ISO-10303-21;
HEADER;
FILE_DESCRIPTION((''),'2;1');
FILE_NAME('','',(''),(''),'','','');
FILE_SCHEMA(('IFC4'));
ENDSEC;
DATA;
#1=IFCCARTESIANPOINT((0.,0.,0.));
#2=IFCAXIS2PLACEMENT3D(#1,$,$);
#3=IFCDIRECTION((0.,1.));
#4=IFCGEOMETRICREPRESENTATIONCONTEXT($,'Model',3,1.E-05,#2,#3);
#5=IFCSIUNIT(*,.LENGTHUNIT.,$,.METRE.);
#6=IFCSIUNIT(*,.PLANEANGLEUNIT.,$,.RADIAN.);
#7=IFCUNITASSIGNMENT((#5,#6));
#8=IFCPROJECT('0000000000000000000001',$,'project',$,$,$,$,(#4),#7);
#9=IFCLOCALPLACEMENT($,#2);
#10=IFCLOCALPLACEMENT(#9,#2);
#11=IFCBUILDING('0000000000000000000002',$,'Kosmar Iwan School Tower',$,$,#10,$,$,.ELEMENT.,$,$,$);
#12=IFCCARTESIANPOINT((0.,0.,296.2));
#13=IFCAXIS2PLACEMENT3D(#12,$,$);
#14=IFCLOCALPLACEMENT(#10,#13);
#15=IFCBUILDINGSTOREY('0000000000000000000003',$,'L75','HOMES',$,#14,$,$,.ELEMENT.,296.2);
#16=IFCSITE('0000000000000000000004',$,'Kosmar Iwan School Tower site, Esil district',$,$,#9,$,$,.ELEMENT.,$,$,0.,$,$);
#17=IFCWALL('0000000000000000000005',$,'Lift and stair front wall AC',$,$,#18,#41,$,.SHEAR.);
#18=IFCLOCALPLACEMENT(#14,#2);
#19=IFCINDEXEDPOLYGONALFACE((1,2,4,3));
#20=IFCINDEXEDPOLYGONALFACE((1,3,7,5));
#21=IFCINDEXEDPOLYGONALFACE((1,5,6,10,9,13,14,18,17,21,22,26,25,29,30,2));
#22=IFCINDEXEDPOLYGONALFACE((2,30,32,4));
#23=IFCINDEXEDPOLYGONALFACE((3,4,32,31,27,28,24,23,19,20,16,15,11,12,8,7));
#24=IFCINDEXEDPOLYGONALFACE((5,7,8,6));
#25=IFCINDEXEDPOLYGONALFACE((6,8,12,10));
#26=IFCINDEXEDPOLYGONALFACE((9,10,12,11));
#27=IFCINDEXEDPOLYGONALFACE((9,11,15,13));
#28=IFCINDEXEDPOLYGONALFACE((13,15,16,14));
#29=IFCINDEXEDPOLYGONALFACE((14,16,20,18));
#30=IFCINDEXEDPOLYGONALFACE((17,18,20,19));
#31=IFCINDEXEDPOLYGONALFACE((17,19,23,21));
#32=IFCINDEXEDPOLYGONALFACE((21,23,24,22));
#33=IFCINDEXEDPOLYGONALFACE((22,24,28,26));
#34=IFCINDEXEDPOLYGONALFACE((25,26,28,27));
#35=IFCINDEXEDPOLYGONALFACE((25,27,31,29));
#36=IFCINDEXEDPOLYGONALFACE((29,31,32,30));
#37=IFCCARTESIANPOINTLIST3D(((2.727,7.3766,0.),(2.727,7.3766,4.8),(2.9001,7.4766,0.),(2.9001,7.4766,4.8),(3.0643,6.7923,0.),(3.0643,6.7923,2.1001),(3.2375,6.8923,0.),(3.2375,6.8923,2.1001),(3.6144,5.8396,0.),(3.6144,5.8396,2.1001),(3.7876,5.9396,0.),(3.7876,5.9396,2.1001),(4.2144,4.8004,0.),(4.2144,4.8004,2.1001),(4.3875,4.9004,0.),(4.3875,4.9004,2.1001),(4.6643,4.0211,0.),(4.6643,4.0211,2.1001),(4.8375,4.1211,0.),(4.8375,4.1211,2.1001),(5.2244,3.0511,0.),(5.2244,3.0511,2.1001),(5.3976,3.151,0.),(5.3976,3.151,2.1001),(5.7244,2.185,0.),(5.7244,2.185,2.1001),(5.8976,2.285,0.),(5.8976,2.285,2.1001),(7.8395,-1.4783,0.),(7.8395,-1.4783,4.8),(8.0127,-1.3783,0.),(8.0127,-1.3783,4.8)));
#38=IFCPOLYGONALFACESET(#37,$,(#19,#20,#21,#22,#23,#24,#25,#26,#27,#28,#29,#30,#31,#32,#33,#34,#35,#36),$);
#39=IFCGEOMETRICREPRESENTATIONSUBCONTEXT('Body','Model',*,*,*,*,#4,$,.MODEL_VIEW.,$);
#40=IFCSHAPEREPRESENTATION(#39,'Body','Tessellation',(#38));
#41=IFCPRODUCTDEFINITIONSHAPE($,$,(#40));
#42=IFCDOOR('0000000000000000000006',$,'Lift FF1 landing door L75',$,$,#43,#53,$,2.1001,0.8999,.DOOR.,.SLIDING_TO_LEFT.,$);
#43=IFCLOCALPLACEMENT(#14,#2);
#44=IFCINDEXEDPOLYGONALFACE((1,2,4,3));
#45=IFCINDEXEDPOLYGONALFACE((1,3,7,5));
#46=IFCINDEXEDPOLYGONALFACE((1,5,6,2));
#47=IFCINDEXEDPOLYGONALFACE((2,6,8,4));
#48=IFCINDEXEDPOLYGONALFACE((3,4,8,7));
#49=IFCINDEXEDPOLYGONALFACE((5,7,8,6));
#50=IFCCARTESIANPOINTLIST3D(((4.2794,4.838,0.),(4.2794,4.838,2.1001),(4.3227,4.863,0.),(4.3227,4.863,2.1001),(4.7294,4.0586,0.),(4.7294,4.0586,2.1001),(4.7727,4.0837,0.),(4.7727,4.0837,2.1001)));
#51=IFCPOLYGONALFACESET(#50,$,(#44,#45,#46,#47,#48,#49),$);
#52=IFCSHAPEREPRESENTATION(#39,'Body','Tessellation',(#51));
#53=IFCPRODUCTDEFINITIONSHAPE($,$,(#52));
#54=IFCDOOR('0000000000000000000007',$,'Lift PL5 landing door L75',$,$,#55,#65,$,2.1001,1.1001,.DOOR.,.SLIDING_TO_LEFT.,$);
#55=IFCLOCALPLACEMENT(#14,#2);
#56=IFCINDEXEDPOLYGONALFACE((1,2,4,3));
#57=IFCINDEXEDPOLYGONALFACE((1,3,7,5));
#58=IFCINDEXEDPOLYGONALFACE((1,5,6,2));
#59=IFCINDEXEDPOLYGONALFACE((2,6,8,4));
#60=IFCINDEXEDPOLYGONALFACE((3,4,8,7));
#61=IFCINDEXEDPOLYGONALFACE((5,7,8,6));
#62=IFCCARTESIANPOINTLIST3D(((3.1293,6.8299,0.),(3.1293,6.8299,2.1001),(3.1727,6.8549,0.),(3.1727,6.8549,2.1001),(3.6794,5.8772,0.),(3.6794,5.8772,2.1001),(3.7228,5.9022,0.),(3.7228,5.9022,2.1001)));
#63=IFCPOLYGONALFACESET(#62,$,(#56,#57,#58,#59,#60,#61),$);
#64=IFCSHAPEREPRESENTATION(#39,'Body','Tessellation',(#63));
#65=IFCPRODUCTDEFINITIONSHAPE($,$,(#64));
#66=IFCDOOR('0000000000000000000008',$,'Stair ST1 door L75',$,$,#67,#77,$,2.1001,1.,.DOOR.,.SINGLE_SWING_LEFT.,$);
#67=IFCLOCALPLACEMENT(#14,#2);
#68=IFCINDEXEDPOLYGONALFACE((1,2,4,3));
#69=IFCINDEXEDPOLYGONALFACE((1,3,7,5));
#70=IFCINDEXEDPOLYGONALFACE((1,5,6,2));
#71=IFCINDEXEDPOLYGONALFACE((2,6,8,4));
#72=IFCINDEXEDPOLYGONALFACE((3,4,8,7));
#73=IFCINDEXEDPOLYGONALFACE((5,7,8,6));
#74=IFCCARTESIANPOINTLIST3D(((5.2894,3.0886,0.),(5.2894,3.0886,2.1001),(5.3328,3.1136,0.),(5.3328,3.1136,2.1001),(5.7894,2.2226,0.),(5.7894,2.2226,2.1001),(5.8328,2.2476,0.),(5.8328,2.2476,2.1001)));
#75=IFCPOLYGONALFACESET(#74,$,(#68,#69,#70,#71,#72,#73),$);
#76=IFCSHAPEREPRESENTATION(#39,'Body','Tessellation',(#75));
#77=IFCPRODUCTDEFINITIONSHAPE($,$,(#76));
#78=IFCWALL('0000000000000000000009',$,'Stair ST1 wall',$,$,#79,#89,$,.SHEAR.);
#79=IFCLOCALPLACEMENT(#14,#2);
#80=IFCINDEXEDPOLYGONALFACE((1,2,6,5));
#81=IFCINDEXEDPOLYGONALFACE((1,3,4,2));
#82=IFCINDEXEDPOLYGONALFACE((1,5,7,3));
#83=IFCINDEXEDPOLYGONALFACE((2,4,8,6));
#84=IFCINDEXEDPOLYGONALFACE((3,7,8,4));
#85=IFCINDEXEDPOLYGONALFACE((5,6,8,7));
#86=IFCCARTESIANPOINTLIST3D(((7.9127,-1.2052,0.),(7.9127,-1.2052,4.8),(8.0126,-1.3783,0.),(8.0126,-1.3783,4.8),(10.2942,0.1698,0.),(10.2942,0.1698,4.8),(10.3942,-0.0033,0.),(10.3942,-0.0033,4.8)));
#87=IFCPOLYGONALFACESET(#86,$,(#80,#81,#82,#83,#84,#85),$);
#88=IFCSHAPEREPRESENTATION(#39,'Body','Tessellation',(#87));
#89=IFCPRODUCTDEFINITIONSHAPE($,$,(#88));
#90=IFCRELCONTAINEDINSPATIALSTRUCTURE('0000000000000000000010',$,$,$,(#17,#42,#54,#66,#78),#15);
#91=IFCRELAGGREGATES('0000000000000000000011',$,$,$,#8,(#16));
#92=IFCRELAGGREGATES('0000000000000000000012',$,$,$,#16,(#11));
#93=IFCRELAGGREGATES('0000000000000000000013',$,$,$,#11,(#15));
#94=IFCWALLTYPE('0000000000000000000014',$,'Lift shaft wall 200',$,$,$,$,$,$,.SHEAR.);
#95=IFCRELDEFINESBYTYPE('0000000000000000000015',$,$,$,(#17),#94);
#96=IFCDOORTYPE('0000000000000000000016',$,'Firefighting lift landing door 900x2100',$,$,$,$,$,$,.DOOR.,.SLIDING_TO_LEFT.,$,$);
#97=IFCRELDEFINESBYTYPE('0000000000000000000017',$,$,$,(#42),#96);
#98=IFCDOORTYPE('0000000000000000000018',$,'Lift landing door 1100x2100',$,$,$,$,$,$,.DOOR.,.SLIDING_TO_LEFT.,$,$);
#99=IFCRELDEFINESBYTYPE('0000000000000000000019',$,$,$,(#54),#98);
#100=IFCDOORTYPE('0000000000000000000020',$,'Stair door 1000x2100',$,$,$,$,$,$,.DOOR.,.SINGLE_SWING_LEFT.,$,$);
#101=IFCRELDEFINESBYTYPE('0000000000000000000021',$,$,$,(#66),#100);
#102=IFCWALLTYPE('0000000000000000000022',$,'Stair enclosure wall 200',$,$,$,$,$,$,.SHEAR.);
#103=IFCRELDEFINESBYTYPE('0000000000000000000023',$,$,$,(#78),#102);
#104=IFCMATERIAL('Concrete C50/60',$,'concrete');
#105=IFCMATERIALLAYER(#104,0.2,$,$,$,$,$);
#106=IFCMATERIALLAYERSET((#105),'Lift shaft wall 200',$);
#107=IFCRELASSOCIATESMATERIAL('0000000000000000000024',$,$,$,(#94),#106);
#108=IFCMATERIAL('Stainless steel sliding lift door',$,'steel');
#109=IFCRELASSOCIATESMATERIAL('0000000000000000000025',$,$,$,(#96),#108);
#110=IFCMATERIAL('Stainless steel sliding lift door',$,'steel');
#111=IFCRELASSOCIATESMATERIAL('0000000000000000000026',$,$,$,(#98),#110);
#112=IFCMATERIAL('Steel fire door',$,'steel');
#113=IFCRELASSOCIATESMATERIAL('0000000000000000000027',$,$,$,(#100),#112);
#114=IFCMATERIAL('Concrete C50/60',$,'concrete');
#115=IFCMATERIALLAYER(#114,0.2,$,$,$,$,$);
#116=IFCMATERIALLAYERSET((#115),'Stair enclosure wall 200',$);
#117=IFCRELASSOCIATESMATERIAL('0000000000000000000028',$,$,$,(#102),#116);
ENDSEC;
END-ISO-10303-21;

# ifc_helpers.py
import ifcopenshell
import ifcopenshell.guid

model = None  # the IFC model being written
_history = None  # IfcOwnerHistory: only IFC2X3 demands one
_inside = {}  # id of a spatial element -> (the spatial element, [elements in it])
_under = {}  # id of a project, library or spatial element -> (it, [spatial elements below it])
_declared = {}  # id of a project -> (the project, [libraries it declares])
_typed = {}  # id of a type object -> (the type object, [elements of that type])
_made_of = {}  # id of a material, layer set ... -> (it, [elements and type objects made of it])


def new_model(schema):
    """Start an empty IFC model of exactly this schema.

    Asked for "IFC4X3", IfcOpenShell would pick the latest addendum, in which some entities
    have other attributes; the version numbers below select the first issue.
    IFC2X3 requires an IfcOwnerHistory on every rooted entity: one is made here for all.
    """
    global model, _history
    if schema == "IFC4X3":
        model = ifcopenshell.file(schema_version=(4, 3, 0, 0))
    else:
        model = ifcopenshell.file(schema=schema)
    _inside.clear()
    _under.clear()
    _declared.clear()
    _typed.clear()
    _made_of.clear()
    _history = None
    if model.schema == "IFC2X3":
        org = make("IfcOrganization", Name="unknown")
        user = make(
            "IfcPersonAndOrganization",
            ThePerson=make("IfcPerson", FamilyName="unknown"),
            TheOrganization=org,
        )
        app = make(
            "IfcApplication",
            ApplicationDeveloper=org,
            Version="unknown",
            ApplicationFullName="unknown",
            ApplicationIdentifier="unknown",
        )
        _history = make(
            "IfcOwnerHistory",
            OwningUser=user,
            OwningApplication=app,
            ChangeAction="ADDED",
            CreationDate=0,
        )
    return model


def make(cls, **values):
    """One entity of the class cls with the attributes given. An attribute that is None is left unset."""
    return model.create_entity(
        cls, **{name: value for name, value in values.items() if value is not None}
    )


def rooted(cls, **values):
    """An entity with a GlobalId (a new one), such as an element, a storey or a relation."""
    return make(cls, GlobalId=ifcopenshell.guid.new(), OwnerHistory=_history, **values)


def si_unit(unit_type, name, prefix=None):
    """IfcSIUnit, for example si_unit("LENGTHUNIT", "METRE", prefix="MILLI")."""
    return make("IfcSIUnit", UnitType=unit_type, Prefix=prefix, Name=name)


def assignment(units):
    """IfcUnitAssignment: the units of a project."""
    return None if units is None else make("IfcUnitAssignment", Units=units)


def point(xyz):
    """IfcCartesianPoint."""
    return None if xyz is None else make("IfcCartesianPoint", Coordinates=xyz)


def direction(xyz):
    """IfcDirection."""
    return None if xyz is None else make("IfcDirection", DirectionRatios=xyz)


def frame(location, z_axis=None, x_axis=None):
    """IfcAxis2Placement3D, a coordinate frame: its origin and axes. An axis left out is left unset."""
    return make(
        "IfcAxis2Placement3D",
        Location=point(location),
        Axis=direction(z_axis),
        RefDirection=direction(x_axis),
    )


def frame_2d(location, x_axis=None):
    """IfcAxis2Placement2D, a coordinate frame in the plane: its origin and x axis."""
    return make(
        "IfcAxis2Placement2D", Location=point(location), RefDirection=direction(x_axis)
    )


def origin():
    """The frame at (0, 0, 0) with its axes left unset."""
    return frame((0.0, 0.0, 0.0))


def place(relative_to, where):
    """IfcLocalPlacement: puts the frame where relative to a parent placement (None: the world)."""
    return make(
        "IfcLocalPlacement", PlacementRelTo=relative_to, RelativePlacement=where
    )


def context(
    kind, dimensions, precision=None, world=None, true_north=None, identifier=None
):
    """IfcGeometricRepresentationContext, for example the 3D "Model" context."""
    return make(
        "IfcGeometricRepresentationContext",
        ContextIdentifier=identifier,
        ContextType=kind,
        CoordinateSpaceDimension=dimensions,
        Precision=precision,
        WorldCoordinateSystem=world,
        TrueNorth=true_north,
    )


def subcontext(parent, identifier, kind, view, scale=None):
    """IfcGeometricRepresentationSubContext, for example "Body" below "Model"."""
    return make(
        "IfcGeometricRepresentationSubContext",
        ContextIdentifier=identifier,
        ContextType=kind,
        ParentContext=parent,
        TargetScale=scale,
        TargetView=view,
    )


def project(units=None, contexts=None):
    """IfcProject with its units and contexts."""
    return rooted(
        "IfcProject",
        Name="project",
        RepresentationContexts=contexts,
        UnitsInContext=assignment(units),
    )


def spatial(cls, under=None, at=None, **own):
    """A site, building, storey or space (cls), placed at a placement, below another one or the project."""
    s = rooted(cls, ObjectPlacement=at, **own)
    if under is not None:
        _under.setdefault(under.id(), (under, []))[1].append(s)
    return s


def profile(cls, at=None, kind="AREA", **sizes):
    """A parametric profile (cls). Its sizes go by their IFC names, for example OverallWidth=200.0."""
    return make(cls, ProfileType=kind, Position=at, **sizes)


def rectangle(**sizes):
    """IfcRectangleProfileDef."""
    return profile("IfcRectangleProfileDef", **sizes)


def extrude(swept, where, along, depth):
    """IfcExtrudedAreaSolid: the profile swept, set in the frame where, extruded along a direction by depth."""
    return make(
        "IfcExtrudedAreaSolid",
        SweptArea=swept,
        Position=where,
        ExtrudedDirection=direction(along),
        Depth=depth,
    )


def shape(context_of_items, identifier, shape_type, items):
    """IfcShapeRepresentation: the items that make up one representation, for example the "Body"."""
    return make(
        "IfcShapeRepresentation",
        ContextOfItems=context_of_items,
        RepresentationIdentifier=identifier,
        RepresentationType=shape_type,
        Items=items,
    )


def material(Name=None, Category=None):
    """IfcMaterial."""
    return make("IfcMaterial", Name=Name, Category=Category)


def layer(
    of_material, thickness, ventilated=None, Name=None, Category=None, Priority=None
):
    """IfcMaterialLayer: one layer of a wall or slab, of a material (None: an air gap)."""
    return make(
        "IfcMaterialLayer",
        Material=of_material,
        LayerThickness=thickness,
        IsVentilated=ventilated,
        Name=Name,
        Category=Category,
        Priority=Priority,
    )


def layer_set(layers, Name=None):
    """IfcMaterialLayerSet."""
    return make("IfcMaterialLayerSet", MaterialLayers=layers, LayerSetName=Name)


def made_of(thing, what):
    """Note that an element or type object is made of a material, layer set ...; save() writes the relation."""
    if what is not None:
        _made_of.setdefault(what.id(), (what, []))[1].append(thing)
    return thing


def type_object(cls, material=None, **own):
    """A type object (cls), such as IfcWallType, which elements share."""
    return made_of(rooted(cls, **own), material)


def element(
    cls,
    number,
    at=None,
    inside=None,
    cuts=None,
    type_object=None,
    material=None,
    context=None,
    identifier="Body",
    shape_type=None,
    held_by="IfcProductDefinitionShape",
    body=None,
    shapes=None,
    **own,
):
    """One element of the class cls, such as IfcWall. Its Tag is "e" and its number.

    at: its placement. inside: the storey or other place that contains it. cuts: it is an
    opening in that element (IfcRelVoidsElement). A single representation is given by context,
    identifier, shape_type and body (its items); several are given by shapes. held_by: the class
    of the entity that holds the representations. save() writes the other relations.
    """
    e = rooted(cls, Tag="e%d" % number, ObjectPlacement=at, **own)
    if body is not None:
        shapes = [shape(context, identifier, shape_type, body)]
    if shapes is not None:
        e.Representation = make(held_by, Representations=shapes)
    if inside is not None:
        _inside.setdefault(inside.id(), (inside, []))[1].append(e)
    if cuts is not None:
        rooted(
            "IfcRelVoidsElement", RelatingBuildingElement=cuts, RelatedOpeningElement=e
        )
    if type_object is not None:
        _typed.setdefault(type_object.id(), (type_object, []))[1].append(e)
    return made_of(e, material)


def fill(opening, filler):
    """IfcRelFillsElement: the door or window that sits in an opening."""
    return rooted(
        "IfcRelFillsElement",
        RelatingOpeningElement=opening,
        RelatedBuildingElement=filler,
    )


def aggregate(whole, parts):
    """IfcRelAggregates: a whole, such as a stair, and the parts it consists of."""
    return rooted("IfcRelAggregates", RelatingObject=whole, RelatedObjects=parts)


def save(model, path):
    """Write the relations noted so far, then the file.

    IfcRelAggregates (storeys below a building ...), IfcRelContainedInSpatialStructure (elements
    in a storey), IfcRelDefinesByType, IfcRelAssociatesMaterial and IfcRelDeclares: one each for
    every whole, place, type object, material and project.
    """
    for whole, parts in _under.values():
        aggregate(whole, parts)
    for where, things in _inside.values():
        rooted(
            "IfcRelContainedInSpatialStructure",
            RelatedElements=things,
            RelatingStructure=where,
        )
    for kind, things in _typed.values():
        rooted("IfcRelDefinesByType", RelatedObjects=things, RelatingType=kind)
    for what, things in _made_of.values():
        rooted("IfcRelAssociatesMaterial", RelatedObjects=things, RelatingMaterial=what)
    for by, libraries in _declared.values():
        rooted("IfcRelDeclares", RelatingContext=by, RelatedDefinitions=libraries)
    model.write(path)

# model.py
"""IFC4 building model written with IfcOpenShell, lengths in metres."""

from ifc_helpers import new_model, si_unit, direction, frame, frame_2d, origin, place, context, subcontext, project, spatial, rectangle, extrude, material, layer, layer_set, type_object, element, fill, save


model = new_model("IFC4")

# Units and contexts
model_context = context("Model", 3, precision=1e-05, world=origin(), true_north=direction((0.0, 1.0)))
body_context = subcontext(model_context, "Body", "Model", "MODEL_VIEW")
ifc_project = project(units=[si_unit("LENGTHUNIT", "METRE"), si_unit("PLANEANGLEUNIT", "RADIAN")], contexts=[model_context])

# Site, building, storey
site_placement = place(None, origin())
site = spatial("IfcSite", under=ifc_project, at=site_placement, Name="Kosmar Iwan School Tower site, Esil district", CompositionType="ELEMENT", RefElevation=0.0)
building_placement = place(site_placement, origin())
building = spatial("IfcBuilding", under=site, at=building_placement, Name="Kosmar Iwan School Tower", CompositionType="ELEMENT")
storey_placement = place(building_placement, frame((0.0, 0.0, 296.2)))
storey = spatial("IfcBuildingStorey", under=building, at=storey_placement, Name="L75", Description="HOMES", CompositionType="ELEMENT", Elevation=296.2)

# Wall, openings, doors
ifc_material_1 = material(Name="Concrete C50/60", Category="concrete")
ifc_layer_1 = layer(ifc_material_1, 0.2)
ifc_layer_set_1 = layer_set([ifc_layer_1], Name="Lift shaft wall 200")
wall_type_1 = type_object("IfcWallType", Name="Lift shaft wall 200", PredefinedType="SHEAR", material=ifc_layer_set_1)
wall_1_placement = place(storey_placement, frame((7.926, -1.4282, 0.0), z_axis=(0.0, 0.0, 1.0), x_axis=(-0.500009, 0.86602, 0.0)))
wall_1 = element("IfcWall", 1, at=wall_1_placement, inside=storey, type_object=wall_type_1, Name="Lift and stair front wall AC", PredefinedType="SHEAR", context=body_context, shape_type="SweptSolid", body=[
    extrude(rectangle(XDim=10.2249, YDim=0.2, at=frame_2d((5.1123, 0.0))), origin(), (0.0, 0.0, 1.0), 4.8),
])
opening_1_placement = place(wall_1_placement, frame((6.3501, 0.0, 0.0)))
opening_1 = element("IfcOpeningElement", 2, at=opening_1_placement, cuts=wall_1, PredefinedType="OPENING", context=body_context, shape_type="SweptSolid", body=[
    extrude(rectangle(XDim=0.8999, YDim=2.1001, at=frame_2d((0.45, 1.05))), frame((0.0, 0.1121, 0.0), z_axis=(0.0, -1.0, 0.0), x_axis=(1.0, 0.0, 0.0)), (0.0, 0.0, 1.0), 0.2239),
])
opening_2_placement = place(wall_1_placement, frame((8.45, 0.0, 0.0)))
opening_2 = element("IfcOpeningElement", 3, at=opening_2_placement, cuts=wall_1, PredefinedType="OPENING", context=body_context, shape_type="SweptSolid", body=[
    extrude(rectangle(XDim=1.1001, YDim=2.1001, at=frame_2d((0.55, 1.05))), frame((0.0, 0.1121, 0.0), z_axis=(0.0, -1.0, 0.0), x_axis=(1.0, 0.0, 0.0)), (0.0, 0.0, 1.0), 0.2239),
])
opening_3_placement = place(wall_1_placement, frame((4.23, 0.0, 0.0)))
opening_3 = element("IfcOpeningElement", 4, at=opening_3_placement, cuts=wall_1, PredefinedType="OPENING", context=body_context, shape_type="SweptSolid", body=[
    extrude(rectangle(XDim=1.0, YDim=2.1001, at=frame_2d((0.5, 1.05))), frame((0.0, 0.1121, 0.0), z_axis=(0.0, -1.0, 0.0), x_axis=(1.0, 0.0, 0.0)), (0.0, 0.0, 1.0), 0.2239),
])
ifc_material_2 = material(Name="Stainless steel sliding lift door", Category="steel")
door_type_1 = type_object("IfcDoorType", Name="Firefighting lift landing door 900x2100", OperationType="SLIDING_TO_LEFT", PredefinedType="DOOR", material=ifc_material_2)
door_1_placement = place(opening_1_placement, origin())
door_1 = element("IfcDoor", 5, at=door_1_placement, inside=storey, type_object=door_type_1, Name="Lift FF1 landing door L75", OperationType="SLIDING_TO_LEFT", OverallHeight=2.1001, OverallWidth=0.8999, PredefinedType="DOOR", context=body_context, shape_type="SweptSolid", body=[
    extrude(rectangle(XDim=0.8999, YDim=2.1001, at=frame_2d((0.45, 1.05))), frame((0.0, 0.0249, 0.0), z_axis=(0.0, -1.0, 0.0), x_axis=(1.0, 0.0, 0.0)), (0.0, 0.0, 1.0), 0.05),
])
fill(opening_1, door_1)
ifc_material_3 = material(Name="Stainless steel sliding lift door", Category="steel")
door_type_2 = type_object("IfcDoorType", Name="Lift landing door 1100x2100", OperationType="SLIDING_TO_LEFT", PredefinedType="DOOR", material=ifc_material_3)
door_2_placement = place(opening_2_placement, origin())
door_2 = element("IfcDoor", 6, at=door_2_placement, inside=storey, type_object=door_type_2, Name="Lift PL5 landing door L75", OperationType="SLIDING_TO_LEFT", OverallHeight=2.1001, OverallWidth=1.1001, PredefinedType="DOOR", context=body_context, shape_type="SweptSolid", body=[
    extrude(rectangle(XDim=1.1001, YDim=2.1001, at=frame_2d((0.55, 1.05))), frame((0.0, 0.0249, 0.0), z_axis=(0.0, -1.0, 0.0), x_axis=(1.0, 0.0, 0.0)), (0.0, 0.0, 1.0), 0.05),
])
fill(opening_2, door_2)
ifc_material_4 = material(Name="Steel fire door", Category="steel")
door_type_3 = type_object("IfcDoorType", Name="Stair door 1000x2100", OperationType="SINGLE_SWING_LEFT", PredefinedType="DOOR", material=ifc_material_4)
door_3_placement = place(opening_3_placement, origin())
door_3 = element("IfcDoor", 7, at=door_3_placement, inside=storey, type_object=door_type_3, Name="Stair ST1 door L75", OperationType="SINGLE_SWING_LEFT", OverallHeight=2.1001, OverallWidth=1.0, PredefinedType="DOOR", context=body_context, shape_type="SweptSolid", body=[
    extrude(rectangle(XDim=1.0, YDim=2.1001, at=frame_2d((0.5, 1.05))), frame((0.0, 0.0249, 0.0), z_axis=(0.0, -1.0, 0.0), x_axis=(1.0, 0.0, 0.0)), (0.0, 0.0, 1.0), 0.05),
])
fill(opening_3, door_3)

# Wall
ifc_material_5 = material(Name="Concrete C50/60", Category="concrete")
ifc_layer_2 = layer(ifc_material_5, 0.2)
ifc_layer_set_2 = layer_set([ifc_layer_2], Name="Stair enclosure wall 200")
wall_type_2 = type_object("IfcWallType", Name="Stair enclosure wall 200", PredefinedType="SHEAR", material=ifc_layer_set_2)
wall_2_placement = place(storey_placement, frame((7.9626, -1.2917, 0.0), z_axis=(0.0, 0.0, 1.0), x_axis=(0.866027, 0.499997, 0.0)))
element("IfcWall", 8, at=wall_2_placement, inside=storey, type_object=wall_type_2, Name="Stair ST1 wall", PredefinedType="SHEAR", context=body_context, shape_type="SweptSolid", body=[
    extrude(rectangle(XDim=2.75, YDim=0.2, at=frame_2d((1.375, 0.0))), origin(), (0.0, 0.0, 1.0), 4.8),
])

save(model, "model.ifc")
